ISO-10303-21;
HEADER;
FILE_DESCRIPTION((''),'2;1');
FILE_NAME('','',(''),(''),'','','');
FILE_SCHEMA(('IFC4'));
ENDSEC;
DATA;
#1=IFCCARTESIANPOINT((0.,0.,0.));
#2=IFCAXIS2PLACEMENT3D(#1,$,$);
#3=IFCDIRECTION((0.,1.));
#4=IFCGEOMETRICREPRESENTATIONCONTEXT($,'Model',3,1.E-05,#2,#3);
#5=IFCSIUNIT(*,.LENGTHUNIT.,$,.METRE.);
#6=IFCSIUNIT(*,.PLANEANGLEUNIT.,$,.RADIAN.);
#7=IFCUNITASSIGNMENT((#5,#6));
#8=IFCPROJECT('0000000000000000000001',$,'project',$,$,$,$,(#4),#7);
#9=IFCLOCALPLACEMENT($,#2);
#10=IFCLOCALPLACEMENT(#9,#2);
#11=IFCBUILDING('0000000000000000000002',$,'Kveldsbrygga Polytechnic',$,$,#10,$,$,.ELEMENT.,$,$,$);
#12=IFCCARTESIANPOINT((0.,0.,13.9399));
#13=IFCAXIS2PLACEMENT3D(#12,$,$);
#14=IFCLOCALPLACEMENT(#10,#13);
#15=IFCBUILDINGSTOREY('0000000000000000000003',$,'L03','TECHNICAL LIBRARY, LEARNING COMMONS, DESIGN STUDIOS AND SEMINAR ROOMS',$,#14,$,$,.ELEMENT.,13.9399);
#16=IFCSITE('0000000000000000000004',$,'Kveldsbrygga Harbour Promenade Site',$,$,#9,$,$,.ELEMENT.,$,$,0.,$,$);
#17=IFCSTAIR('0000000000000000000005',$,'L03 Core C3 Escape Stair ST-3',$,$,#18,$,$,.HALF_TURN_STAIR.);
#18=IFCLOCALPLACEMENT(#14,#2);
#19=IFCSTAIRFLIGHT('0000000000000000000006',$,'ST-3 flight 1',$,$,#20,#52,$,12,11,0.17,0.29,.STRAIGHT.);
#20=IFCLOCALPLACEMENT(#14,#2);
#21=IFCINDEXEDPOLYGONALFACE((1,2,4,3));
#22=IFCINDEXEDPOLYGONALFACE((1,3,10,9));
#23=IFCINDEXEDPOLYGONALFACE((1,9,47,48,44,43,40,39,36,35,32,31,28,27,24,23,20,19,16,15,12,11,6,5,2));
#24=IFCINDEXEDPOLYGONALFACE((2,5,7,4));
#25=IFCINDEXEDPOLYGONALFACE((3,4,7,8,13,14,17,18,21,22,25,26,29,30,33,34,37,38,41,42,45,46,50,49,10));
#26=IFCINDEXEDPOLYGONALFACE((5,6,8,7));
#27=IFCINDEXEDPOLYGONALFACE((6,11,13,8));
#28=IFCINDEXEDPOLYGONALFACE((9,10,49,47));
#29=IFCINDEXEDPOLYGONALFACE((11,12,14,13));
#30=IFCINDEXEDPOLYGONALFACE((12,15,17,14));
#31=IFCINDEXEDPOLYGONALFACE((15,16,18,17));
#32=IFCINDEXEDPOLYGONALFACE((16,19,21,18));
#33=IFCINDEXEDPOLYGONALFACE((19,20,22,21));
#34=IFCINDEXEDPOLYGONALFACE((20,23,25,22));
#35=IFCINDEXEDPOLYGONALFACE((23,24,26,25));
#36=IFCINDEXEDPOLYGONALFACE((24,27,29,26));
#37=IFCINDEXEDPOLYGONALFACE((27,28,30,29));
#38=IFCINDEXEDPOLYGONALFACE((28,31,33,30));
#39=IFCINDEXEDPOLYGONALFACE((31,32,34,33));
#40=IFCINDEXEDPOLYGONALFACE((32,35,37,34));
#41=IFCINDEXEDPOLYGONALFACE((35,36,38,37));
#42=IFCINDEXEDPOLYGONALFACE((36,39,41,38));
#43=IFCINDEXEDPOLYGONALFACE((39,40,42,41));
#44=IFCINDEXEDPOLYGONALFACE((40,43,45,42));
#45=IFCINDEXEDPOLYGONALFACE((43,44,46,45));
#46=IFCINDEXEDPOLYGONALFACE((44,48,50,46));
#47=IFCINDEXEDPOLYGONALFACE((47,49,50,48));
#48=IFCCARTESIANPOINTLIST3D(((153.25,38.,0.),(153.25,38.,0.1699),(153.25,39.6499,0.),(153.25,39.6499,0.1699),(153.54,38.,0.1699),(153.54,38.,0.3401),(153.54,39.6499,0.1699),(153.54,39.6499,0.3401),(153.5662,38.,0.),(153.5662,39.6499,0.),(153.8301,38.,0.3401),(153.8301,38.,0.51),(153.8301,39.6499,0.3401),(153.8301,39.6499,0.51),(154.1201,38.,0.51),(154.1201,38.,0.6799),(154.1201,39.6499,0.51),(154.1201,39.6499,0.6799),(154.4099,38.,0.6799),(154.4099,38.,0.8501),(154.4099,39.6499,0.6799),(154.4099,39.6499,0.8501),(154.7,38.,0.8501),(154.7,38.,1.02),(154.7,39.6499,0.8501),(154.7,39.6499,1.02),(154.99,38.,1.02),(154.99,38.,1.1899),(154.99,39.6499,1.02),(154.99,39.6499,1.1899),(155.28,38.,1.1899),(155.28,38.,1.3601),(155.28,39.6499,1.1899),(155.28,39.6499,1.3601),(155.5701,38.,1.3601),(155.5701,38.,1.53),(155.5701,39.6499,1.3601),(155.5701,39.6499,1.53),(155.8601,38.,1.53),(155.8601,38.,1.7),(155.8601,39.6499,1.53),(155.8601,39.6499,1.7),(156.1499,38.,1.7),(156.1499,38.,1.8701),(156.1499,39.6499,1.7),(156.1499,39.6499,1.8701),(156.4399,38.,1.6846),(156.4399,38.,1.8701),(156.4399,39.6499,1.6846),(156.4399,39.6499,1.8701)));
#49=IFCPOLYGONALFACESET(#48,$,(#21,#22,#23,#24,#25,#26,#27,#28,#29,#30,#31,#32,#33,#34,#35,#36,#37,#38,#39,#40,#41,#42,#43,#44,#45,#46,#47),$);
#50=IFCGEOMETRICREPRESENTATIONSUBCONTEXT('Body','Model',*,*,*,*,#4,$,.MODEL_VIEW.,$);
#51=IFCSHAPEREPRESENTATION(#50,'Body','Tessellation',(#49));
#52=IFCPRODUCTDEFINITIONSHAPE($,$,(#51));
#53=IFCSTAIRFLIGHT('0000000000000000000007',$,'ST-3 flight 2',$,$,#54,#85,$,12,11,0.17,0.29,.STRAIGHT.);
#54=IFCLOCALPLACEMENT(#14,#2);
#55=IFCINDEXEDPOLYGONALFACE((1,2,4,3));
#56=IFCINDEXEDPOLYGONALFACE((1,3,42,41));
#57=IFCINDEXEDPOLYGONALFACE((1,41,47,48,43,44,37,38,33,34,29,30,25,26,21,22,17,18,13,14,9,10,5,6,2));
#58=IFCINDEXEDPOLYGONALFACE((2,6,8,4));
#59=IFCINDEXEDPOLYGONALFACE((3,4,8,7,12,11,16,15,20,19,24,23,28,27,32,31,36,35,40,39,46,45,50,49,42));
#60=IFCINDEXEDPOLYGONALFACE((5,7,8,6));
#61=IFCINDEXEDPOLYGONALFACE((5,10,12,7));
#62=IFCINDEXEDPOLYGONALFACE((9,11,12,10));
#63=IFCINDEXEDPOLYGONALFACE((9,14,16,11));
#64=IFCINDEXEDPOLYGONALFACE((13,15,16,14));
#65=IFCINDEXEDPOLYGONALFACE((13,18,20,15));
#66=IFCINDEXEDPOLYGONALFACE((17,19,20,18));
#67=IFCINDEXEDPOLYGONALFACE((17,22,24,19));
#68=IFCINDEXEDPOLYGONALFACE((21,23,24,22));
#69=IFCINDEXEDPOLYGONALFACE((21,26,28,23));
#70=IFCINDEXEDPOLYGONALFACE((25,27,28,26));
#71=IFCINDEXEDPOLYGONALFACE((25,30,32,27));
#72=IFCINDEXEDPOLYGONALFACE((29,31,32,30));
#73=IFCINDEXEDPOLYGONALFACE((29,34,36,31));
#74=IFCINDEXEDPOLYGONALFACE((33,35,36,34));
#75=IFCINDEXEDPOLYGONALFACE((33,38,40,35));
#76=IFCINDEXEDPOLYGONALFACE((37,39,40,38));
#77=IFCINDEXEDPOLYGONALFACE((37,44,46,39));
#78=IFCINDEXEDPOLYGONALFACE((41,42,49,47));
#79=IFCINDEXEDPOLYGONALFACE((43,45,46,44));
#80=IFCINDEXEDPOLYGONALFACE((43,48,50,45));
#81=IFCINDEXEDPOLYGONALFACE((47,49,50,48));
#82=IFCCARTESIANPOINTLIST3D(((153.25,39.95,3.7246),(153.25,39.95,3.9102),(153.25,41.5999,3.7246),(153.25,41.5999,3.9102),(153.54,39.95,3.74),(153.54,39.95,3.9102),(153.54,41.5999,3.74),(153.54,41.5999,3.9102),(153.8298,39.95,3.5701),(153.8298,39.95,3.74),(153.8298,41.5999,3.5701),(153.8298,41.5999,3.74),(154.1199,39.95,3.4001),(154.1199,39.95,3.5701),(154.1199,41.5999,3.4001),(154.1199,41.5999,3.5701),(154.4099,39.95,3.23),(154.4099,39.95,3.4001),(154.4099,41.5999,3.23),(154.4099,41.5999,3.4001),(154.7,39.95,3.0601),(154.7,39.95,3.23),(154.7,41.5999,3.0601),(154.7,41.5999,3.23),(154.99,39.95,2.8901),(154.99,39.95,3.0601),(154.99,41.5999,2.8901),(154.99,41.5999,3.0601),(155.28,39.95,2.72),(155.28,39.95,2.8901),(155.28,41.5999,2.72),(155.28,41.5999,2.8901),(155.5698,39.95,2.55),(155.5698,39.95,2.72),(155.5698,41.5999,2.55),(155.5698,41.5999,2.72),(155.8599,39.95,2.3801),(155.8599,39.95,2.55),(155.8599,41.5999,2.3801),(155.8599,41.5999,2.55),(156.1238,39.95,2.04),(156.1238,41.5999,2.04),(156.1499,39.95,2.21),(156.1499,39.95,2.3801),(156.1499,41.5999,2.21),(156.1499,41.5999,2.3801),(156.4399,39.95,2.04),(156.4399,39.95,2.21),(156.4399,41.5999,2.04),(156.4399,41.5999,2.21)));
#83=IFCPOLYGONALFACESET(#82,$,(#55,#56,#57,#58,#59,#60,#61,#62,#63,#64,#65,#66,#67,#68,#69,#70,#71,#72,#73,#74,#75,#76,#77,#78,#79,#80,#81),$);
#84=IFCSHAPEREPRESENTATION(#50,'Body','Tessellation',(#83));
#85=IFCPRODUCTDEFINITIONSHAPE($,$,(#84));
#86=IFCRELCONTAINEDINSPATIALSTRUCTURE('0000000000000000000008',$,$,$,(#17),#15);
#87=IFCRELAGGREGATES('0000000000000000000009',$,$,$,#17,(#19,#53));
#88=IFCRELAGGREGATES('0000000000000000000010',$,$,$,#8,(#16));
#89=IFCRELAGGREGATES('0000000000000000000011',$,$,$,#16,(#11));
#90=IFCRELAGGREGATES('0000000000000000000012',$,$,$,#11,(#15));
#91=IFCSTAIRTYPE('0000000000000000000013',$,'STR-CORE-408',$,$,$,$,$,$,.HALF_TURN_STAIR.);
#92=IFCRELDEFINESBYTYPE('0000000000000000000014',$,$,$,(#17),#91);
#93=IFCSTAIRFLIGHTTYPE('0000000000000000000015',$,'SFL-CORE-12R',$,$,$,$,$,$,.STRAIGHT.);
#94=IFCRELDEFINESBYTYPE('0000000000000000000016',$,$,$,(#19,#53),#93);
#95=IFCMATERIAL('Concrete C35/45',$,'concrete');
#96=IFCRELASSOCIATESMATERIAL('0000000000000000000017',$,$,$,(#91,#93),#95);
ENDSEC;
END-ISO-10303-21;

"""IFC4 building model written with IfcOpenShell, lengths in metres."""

from ifc_helpers import new_model, si_unit, direction, frame, origin, place, context, subcontext, project, spatial, polyline, outline, extrude, material, type_object, element, aggregate, save


model = new_model("IFC4")

# Units and contexts
model_context = context("Model", 3, precision=1e-05, world=origin(), true_north=direction((0.0, 1.0)))
body_context = subcontext(model_context, "Body", "Model", "MODEL_VIEW")
ifc_project = project(units=[si_unit("LENGTHUNIT", "METRE"), si_unit("PLANEANGLEUNIT", "RADIAN")], contexts=[model_context])

# Site, building, storey
site_placement = place(None, origin())
site = spatial("IfcSite", under=ifc_project, at=site_placement, Name="Kveldsbrygga Harbour Promenade Site", CompositionType="ELEMENT", RefElevation=0.0)
building_placement = place(site_placement, origin())
building = spatial("IfcBuilding", under=site, at=building_placement, Name="Kveldsbrygga Polytechnic", CompositionType="ELEMENT")
storey_placement = place(building_placement, frame((0.0, 0.0, 13.9399)))
storey = spatial("IfcBuildingStorey", under=building, at=storey_placement, Name="L03", Description="TECHNICAL LIBRARY, LEARNING COMMONS, DESIGN STUDIOS AND SEMINAR ROOMS", CompositionType="ELEMENT", Elevation=13.9399)

# Shared definitions
ifc_material_1 = material(Name="Concrete C35/45", Category="concrete")

# Stair, stair flights
stair_type = type_object("IfcStairType", Name="STR-CORE-408", PredefinedType="HALF_TURN_STAIR", material=ifc_material_1)
stair_placement = place(storey_placement, origin())
stair = element("IfcStair", 1, at=stair_placement, inside=storey, type_object=stair_type, Name="L03 Core C3 Escape Stair ST-3", PredefinedType="HALF_TURN_STAIR")
stair_flight_type = type_object("IfcStairFlightType", Name="SFL-CORE-12R", PredefinedType="STRAIGHT", material=ifc_material_1)
stair_flight_1_placement = place(storey_placement, frame((153.25, 38.825, 0.0), z_axis=(0.0, 0.0, 1.0), x_axis=(1.0, 0.0, 0.0)))
stair_flight_1 = element("IfcStairFlight", 2, at=stair_flight_1_placement, type_object=stair_flight_type, Name="ST-3 flight 1", NumberOfRisers=12, NumberOfTreads=11, PredefinedType="STRAIGHT", RiserHeight=0.17, TreadLength=0.29, context=body_context, shape_type="SweptSolid", body=[
    extrude(outline(polyline([(0.0, 0.0), (0.0, 0.1699), (0.29, 0.1699), (0.29, 0.3401), (0.5801, 0.3401), (0.5801, 0.51), (0.8701, 0.51), (0.8701, 0.6799), (1.1599, 0.6799), (1.1599, 0.8501), (1.45, 0.8501), (1.45, 1.02), (1.74, 1.02), (1.74, 1.1899), (2.03, 1.1899), (2.03, 1.3601), (2.3201, 1.3601), (2.3201, 1.53), (2.6101, 1.53), (2.6101, 1.7), (2.8999, 1.7), (2.8999, 1.8701), (3.1899, 1.8701), (3.1899, 2.04), (3.1899, 1.6846), (0.3162, 0.0), (0.0, 0.0)])), frame((0.0, 0.825, 0.0), z_axis=(0.0, -1.0, 0.0), x_axis=(1.0, 0.0, 0.0)), (0.0, 0.0, 1.0), 1.6499),
])
stair_flight_2_placement = place(storey_placement, frame((156.4399, 40.7749, 2.04), z_axis=(0.0, 0.0, 1.0), x_axis=(-1.0, 0.0, 0.0)))
stair_flight_2 = element("IfcStairFlight", 3, at=stair_flight_2_placement, type_object=stair_flight_type, Name="ST-3 flight 2", NumberOfRisers=12, NumberOfTreads=11, PredefinedType="STRAIGHT", RiserHeight=0.17, TreadLength=0.29, context=body_context, shape_type="SweptSolid", body=[
    extrude(outline(polyline([(0.0, 0.0), (0.0, 0.1699), (0.29, 0.1699), (0.29, 0.3401), (0.5801, 0.3401), (0.5801, 0.51), (0.8701, 0.51), (0.8701, 0.6799), (1.1599, 0.6799), (1.1599, 0.8501), (1.45, 0.8501), (1.45, 1.02), (1.74, 1.02), (1.74, 1.1899), (2.03, 1.1899), (2.03, 1.3601), (2.3201, 1.3601), (2.3201, 1.53), (2.6101, 1.53), (2.6101, 1.7), (2.8999, 1.7), (2.8999, 1.8701), (3.1899, 1.8701), (3.1899, 2.04), (3.1899, 1.6846), (0.3162, 0.0), (0.0, 0.0)])), frame((0.0, 0.825, 0.0), z_axis=(0.0, -1.0, 0.0), x_axis=(1.0, 0.0, 0.0)), (0.0, 0.0, 1.0), 1.6499),
])
aggregate(stair, [stair_flight_1, stair_flight_2])

save(model, "model.ifc")
